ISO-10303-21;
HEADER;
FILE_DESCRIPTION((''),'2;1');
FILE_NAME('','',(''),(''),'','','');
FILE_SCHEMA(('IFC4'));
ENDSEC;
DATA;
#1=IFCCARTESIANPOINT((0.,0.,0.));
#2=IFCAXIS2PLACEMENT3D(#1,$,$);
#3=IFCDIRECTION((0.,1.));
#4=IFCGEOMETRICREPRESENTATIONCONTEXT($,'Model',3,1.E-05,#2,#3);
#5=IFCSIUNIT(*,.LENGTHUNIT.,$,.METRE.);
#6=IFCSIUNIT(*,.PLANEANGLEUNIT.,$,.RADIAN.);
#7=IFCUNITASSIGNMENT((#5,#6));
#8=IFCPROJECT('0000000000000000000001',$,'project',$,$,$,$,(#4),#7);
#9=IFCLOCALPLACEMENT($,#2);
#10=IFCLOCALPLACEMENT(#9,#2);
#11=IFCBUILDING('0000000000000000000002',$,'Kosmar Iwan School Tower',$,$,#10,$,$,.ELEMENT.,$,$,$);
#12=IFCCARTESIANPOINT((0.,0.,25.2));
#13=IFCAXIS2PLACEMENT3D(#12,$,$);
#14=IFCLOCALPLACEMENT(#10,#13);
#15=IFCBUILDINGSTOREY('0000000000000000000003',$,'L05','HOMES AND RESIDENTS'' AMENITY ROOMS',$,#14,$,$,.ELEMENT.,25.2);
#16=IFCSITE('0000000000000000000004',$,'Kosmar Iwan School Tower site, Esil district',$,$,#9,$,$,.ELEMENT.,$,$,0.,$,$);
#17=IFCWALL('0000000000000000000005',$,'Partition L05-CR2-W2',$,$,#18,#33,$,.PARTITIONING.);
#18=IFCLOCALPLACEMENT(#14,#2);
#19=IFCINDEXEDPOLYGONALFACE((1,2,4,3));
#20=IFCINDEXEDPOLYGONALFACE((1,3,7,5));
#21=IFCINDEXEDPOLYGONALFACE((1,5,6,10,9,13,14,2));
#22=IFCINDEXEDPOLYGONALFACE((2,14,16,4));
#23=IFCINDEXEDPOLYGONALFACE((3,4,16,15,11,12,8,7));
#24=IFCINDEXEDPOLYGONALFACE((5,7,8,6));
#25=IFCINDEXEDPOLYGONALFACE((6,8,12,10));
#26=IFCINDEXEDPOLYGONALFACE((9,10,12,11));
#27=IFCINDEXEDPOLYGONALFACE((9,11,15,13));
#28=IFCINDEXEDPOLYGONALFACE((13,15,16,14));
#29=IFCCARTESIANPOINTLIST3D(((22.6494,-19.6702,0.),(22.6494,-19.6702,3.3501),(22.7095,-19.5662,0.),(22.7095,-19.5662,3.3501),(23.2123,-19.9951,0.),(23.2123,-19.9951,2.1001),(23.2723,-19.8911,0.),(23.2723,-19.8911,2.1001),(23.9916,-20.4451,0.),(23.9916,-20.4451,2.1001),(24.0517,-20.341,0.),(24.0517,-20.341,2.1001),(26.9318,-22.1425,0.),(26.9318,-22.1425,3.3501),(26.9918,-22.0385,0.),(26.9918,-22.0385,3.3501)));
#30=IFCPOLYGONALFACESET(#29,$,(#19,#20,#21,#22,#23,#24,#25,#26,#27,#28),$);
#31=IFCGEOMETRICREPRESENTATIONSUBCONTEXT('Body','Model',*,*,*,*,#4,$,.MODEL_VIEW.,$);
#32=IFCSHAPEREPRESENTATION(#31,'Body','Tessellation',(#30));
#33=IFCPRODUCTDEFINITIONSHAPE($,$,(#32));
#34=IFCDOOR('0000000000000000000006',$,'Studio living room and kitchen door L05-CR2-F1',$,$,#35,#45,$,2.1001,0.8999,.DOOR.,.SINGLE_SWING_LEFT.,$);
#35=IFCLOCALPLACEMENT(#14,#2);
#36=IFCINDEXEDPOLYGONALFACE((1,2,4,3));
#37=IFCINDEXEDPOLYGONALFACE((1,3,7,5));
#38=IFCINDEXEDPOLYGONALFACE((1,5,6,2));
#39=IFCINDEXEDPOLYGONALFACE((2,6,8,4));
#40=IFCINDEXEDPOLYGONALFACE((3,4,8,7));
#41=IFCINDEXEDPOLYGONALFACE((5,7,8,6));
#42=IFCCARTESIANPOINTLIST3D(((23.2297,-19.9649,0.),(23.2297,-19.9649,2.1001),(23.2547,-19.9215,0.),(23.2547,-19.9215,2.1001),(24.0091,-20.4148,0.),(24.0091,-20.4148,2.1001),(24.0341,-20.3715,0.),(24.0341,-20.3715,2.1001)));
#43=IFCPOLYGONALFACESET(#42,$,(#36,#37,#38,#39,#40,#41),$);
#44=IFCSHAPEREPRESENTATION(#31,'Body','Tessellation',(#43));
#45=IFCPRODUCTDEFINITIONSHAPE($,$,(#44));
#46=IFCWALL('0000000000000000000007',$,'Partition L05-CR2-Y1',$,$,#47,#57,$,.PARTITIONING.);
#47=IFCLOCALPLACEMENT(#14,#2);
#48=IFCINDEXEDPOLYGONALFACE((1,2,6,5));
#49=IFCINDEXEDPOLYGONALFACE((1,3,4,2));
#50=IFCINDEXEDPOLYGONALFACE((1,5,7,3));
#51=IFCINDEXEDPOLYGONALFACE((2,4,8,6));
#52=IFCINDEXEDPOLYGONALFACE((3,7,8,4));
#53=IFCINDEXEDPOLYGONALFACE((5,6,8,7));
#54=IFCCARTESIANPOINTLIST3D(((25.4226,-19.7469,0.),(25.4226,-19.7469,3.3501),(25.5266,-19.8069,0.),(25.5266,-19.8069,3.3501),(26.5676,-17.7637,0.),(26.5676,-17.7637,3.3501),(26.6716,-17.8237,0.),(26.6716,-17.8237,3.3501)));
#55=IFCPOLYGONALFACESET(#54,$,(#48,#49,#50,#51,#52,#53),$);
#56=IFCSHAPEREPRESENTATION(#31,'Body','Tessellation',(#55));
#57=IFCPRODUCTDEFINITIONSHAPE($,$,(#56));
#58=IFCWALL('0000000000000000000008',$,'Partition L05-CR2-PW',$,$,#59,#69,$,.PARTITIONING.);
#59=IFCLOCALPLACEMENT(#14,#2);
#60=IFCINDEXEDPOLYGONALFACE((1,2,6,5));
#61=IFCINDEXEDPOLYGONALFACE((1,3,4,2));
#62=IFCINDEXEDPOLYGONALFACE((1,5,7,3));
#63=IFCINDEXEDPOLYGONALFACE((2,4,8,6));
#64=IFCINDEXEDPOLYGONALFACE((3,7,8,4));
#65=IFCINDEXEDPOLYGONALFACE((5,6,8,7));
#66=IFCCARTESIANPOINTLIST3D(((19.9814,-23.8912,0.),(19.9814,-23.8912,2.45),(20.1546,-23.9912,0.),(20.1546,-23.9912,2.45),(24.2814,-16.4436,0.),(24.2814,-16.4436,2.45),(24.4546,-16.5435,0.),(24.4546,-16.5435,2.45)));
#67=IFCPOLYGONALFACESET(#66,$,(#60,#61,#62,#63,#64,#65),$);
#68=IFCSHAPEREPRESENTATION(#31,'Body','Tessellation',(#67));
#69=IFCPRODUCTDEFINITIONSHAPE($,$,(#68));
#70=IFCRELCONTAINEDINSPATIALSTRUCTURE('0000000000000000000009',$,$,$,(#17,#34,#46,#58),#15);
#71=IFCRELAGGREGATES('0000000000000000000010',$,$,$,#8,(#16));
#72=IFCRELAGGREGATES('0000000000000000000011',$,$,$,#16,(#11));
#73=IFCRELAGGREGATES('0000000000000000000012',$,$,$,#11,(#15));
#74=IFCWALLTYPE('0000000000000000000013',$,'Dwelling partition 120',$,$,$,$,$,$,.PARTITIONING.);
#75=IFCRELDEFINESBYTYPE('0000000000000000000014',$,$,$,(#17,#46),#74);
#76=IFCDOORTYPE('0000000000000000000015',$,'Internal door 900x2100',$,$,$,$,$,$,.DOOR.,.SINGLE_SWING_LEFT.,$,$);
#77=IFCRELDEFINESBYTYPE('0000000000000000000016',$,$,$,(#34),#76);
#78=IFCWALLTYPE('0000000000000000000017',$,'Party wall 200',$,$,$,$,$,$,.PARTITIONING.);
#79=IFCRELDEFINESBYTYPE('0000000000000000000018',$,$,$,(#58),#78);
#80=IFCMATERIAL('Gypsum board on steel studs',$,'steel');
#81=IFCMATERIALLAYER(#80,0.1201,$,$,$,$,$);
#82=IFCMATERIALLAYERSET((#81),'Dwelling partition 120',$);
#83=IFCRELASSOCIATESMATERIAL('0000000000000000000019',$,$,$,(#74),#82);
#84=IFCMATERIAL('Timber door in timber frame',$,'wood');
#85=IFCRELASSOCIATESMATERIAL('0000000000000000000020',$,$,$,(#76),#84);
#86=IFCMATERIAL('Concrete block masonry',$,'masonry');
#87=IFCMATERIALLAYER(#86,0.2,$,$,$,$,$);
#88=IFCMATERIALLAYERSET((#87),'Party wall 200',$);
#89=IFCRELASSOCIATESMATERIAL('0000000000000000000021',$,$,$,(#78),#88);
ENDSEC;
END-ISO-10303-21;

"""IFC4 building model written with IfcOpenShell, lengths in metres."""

from ifc_helpers import new_model, si_unit, direction, frame, frame_2d, origin, place, context, subcontext, project, spatial, rectangle, extrude, material, layer, layer_set, type_object, element, fill, save


model = new_model("IFC4")

# Units and contexts
model_context = context("Model", 3, precision=1e-05, world=origin(), true_north=direction((0.0, 1.0)))
body_context = subcontext(model_context, "Body", "Model", "MODEL_VIEW")
ifc_project = project(units=[si_unit("LENGTHUNIT", "METRE"), si_unit("PLANEANGLEUNIT", "RADIAN")], contexts=[model_context])

# Site, building, storey
site_placement = place(None, origin())
site = spatial("IfcSite", under=ifc_project, at=site_placement, Name="Kosmar Iwan School Tower site, Esil district", CompositionType="ELEMENT", RefElevation=0.0)
building_placement = place(site_placement, origin())
building = spatial("IfcBuilding", under=site, at=building_placement, Name="Kosmar Iwan School Tower", CompositionType="ELEMENT")
storey_placement = place(building_placement, frame((0.0, 0.0, 25.2)))
storey = spatial("IfcBuildingStorey", under=building, at=storey_placement, Name="L05", Description="HOMES AND RESIDENTS' AMENITY ROOMS", CompositionType="ELEMENT", Elevation=25.2)

# Shared definitions
ifc_material_1 = material(Name="Gypsum board on steel studs", Category="steel")
ifc_layer_1 = layer(ifc_material_1, 0.1201)
ifc_layer_set_1 = layer_set([ifc_layer_1], Name="Dwelling partition 120")
wall_type_1 = type_object("IfcWallType", Name="Dwelling partition 120", PredefinedType="PARTITIONING", material=ifc_layer_set_1)
ifc_material_2 = material(Name="Timber door in timber frame", Category="wood")
door_type_1 = type_object("IfcDoorType", Name="Internal door 900x2100", OperationType="SINGLE_SWING_LEFT", PredefinedType="DOOR", material=ifc_material_2)

# Wall, opening, door
wall_1_placement = place(storey_placement, frame((22.6794, -19.6182, 0.0), z_axis=(0.0, 0.0, 1.0), x_axis=(0.866032, -0.499989, 0.0)))
wall_1 = element("IfcWall", 1, at=wall_1_placement, inside=storey, type_object=wall_type_1, Name="Partition L05-CR2-W2", PredefinedType="PARTITIONING", context=body_context, shape_type="SweptSolid", body=[
    extrude(rectangle(XDim=4.9448, YDim=0.1201, at=frame_2d((2.4724, 0.0))), origin(), (0.0, 0.0, 1.0), 3.3501),
])
opening_1_placement = place(wall_1_placement, frame((0.6499, 0.0, 0.0)))
opening_1 = element("IfcOpeningElement", 2, at=opening_1_placement, cuts=wall_1, PredefinedType="OPENING", context=body_context, shape_type="SweptSolid", body=[
    extrude(rectangle(XDim=0.8999, YDim=2.1001, at=frame_2d((0.45, 1.05))), frame((0.0, 0.072, 0.0), z_axis=(0.0, -1.0, 0.0), x_axis=(1.0, 0.0, 0.0)), (0.0, 0.0, 1.0), 0.144),
])
door_1_placement = place(opening_1_placement, origin())
door_1 = element("IfcDoor", 3, at=door_1_placement, inside=storey, type_object=door_type_1, Name="Studio living room and kitchen door L05-CR2-F1", OperationType="SINGLE_SWING_LEFT", OverallHeight=2.1001, OverallWidth=0.8999, PredefinedType="DOOR", context=body_context, shape_type="SweptSolid", body=[
    extrude(rectangle(XDim=0.8999, YDim=2.1001, at=frame_2d((0.45, 1.05))), frame((0.0, 0.0249, 0.0), z_axis=(0.0, -1.0, 0.0), x_axis=(1.0, 0.0, 0.0)), (0.0, 0.0, 1.0), 0.05),
])
fill(opening_1, door_1)

# Walls
wall_2_placement = place(storey_placement, frame((26.6196, -17.7937, 0.0), z_axis=(0.0, 0.0, 1.0), x_axis=(-0.500015, -0.866017, 0.0)))
element("IfcWall", 4, at=wall_2_placement, inside=storey, type_object=wall_type_1, Name="Partition L05-CR2-Y1", PredefinedType="PARTITIONING", context=body_context, shape_type="SweptSolid", body=[
    extrude(rectangle(XDim=2.29, YDim=0.1201, at=frame_2d((1.145, 0.0))), origin(), (0.0, 0.0, 1.0), 3.3501),
])
ifc_material_3 = material(Name="Concrete block masonry", Category="masonry")
ifc_layer_2 = layer(ifc_material_3, 0.2)
ifc_layer_set_2 = layer_set([ifc_layer_2], Name="Party wall 200")
wall_type_2 = type_object("IfcWallType", Name="Party wall 200", PredefinedType="PARTITIONING", material=ifc_layer_set_2)
wall_3_placement = place(storey_placement, frame((24.3679, -16.4937, 0.0), z_axis=(0.0, 0.0, 1.0), x_axis=(-0.500008, -0.866021, 0.0)))
element("IfcWall", 5, at=wall_3_placement, inside=storey, type_object=wall_type_2, Name="Partition L05-CR2-PW", PredefinedType="PARTITIONING", context=body_context, shape_type="SweptSolid", body=[
    extrude(rectangle(XDim=8.5999, YDim=0.2, at=frame_2d((4.2998, 0.0))), origin(), (0.0, 0.0, 1.0), 2.45),
])

save(model, "model.ifc")
